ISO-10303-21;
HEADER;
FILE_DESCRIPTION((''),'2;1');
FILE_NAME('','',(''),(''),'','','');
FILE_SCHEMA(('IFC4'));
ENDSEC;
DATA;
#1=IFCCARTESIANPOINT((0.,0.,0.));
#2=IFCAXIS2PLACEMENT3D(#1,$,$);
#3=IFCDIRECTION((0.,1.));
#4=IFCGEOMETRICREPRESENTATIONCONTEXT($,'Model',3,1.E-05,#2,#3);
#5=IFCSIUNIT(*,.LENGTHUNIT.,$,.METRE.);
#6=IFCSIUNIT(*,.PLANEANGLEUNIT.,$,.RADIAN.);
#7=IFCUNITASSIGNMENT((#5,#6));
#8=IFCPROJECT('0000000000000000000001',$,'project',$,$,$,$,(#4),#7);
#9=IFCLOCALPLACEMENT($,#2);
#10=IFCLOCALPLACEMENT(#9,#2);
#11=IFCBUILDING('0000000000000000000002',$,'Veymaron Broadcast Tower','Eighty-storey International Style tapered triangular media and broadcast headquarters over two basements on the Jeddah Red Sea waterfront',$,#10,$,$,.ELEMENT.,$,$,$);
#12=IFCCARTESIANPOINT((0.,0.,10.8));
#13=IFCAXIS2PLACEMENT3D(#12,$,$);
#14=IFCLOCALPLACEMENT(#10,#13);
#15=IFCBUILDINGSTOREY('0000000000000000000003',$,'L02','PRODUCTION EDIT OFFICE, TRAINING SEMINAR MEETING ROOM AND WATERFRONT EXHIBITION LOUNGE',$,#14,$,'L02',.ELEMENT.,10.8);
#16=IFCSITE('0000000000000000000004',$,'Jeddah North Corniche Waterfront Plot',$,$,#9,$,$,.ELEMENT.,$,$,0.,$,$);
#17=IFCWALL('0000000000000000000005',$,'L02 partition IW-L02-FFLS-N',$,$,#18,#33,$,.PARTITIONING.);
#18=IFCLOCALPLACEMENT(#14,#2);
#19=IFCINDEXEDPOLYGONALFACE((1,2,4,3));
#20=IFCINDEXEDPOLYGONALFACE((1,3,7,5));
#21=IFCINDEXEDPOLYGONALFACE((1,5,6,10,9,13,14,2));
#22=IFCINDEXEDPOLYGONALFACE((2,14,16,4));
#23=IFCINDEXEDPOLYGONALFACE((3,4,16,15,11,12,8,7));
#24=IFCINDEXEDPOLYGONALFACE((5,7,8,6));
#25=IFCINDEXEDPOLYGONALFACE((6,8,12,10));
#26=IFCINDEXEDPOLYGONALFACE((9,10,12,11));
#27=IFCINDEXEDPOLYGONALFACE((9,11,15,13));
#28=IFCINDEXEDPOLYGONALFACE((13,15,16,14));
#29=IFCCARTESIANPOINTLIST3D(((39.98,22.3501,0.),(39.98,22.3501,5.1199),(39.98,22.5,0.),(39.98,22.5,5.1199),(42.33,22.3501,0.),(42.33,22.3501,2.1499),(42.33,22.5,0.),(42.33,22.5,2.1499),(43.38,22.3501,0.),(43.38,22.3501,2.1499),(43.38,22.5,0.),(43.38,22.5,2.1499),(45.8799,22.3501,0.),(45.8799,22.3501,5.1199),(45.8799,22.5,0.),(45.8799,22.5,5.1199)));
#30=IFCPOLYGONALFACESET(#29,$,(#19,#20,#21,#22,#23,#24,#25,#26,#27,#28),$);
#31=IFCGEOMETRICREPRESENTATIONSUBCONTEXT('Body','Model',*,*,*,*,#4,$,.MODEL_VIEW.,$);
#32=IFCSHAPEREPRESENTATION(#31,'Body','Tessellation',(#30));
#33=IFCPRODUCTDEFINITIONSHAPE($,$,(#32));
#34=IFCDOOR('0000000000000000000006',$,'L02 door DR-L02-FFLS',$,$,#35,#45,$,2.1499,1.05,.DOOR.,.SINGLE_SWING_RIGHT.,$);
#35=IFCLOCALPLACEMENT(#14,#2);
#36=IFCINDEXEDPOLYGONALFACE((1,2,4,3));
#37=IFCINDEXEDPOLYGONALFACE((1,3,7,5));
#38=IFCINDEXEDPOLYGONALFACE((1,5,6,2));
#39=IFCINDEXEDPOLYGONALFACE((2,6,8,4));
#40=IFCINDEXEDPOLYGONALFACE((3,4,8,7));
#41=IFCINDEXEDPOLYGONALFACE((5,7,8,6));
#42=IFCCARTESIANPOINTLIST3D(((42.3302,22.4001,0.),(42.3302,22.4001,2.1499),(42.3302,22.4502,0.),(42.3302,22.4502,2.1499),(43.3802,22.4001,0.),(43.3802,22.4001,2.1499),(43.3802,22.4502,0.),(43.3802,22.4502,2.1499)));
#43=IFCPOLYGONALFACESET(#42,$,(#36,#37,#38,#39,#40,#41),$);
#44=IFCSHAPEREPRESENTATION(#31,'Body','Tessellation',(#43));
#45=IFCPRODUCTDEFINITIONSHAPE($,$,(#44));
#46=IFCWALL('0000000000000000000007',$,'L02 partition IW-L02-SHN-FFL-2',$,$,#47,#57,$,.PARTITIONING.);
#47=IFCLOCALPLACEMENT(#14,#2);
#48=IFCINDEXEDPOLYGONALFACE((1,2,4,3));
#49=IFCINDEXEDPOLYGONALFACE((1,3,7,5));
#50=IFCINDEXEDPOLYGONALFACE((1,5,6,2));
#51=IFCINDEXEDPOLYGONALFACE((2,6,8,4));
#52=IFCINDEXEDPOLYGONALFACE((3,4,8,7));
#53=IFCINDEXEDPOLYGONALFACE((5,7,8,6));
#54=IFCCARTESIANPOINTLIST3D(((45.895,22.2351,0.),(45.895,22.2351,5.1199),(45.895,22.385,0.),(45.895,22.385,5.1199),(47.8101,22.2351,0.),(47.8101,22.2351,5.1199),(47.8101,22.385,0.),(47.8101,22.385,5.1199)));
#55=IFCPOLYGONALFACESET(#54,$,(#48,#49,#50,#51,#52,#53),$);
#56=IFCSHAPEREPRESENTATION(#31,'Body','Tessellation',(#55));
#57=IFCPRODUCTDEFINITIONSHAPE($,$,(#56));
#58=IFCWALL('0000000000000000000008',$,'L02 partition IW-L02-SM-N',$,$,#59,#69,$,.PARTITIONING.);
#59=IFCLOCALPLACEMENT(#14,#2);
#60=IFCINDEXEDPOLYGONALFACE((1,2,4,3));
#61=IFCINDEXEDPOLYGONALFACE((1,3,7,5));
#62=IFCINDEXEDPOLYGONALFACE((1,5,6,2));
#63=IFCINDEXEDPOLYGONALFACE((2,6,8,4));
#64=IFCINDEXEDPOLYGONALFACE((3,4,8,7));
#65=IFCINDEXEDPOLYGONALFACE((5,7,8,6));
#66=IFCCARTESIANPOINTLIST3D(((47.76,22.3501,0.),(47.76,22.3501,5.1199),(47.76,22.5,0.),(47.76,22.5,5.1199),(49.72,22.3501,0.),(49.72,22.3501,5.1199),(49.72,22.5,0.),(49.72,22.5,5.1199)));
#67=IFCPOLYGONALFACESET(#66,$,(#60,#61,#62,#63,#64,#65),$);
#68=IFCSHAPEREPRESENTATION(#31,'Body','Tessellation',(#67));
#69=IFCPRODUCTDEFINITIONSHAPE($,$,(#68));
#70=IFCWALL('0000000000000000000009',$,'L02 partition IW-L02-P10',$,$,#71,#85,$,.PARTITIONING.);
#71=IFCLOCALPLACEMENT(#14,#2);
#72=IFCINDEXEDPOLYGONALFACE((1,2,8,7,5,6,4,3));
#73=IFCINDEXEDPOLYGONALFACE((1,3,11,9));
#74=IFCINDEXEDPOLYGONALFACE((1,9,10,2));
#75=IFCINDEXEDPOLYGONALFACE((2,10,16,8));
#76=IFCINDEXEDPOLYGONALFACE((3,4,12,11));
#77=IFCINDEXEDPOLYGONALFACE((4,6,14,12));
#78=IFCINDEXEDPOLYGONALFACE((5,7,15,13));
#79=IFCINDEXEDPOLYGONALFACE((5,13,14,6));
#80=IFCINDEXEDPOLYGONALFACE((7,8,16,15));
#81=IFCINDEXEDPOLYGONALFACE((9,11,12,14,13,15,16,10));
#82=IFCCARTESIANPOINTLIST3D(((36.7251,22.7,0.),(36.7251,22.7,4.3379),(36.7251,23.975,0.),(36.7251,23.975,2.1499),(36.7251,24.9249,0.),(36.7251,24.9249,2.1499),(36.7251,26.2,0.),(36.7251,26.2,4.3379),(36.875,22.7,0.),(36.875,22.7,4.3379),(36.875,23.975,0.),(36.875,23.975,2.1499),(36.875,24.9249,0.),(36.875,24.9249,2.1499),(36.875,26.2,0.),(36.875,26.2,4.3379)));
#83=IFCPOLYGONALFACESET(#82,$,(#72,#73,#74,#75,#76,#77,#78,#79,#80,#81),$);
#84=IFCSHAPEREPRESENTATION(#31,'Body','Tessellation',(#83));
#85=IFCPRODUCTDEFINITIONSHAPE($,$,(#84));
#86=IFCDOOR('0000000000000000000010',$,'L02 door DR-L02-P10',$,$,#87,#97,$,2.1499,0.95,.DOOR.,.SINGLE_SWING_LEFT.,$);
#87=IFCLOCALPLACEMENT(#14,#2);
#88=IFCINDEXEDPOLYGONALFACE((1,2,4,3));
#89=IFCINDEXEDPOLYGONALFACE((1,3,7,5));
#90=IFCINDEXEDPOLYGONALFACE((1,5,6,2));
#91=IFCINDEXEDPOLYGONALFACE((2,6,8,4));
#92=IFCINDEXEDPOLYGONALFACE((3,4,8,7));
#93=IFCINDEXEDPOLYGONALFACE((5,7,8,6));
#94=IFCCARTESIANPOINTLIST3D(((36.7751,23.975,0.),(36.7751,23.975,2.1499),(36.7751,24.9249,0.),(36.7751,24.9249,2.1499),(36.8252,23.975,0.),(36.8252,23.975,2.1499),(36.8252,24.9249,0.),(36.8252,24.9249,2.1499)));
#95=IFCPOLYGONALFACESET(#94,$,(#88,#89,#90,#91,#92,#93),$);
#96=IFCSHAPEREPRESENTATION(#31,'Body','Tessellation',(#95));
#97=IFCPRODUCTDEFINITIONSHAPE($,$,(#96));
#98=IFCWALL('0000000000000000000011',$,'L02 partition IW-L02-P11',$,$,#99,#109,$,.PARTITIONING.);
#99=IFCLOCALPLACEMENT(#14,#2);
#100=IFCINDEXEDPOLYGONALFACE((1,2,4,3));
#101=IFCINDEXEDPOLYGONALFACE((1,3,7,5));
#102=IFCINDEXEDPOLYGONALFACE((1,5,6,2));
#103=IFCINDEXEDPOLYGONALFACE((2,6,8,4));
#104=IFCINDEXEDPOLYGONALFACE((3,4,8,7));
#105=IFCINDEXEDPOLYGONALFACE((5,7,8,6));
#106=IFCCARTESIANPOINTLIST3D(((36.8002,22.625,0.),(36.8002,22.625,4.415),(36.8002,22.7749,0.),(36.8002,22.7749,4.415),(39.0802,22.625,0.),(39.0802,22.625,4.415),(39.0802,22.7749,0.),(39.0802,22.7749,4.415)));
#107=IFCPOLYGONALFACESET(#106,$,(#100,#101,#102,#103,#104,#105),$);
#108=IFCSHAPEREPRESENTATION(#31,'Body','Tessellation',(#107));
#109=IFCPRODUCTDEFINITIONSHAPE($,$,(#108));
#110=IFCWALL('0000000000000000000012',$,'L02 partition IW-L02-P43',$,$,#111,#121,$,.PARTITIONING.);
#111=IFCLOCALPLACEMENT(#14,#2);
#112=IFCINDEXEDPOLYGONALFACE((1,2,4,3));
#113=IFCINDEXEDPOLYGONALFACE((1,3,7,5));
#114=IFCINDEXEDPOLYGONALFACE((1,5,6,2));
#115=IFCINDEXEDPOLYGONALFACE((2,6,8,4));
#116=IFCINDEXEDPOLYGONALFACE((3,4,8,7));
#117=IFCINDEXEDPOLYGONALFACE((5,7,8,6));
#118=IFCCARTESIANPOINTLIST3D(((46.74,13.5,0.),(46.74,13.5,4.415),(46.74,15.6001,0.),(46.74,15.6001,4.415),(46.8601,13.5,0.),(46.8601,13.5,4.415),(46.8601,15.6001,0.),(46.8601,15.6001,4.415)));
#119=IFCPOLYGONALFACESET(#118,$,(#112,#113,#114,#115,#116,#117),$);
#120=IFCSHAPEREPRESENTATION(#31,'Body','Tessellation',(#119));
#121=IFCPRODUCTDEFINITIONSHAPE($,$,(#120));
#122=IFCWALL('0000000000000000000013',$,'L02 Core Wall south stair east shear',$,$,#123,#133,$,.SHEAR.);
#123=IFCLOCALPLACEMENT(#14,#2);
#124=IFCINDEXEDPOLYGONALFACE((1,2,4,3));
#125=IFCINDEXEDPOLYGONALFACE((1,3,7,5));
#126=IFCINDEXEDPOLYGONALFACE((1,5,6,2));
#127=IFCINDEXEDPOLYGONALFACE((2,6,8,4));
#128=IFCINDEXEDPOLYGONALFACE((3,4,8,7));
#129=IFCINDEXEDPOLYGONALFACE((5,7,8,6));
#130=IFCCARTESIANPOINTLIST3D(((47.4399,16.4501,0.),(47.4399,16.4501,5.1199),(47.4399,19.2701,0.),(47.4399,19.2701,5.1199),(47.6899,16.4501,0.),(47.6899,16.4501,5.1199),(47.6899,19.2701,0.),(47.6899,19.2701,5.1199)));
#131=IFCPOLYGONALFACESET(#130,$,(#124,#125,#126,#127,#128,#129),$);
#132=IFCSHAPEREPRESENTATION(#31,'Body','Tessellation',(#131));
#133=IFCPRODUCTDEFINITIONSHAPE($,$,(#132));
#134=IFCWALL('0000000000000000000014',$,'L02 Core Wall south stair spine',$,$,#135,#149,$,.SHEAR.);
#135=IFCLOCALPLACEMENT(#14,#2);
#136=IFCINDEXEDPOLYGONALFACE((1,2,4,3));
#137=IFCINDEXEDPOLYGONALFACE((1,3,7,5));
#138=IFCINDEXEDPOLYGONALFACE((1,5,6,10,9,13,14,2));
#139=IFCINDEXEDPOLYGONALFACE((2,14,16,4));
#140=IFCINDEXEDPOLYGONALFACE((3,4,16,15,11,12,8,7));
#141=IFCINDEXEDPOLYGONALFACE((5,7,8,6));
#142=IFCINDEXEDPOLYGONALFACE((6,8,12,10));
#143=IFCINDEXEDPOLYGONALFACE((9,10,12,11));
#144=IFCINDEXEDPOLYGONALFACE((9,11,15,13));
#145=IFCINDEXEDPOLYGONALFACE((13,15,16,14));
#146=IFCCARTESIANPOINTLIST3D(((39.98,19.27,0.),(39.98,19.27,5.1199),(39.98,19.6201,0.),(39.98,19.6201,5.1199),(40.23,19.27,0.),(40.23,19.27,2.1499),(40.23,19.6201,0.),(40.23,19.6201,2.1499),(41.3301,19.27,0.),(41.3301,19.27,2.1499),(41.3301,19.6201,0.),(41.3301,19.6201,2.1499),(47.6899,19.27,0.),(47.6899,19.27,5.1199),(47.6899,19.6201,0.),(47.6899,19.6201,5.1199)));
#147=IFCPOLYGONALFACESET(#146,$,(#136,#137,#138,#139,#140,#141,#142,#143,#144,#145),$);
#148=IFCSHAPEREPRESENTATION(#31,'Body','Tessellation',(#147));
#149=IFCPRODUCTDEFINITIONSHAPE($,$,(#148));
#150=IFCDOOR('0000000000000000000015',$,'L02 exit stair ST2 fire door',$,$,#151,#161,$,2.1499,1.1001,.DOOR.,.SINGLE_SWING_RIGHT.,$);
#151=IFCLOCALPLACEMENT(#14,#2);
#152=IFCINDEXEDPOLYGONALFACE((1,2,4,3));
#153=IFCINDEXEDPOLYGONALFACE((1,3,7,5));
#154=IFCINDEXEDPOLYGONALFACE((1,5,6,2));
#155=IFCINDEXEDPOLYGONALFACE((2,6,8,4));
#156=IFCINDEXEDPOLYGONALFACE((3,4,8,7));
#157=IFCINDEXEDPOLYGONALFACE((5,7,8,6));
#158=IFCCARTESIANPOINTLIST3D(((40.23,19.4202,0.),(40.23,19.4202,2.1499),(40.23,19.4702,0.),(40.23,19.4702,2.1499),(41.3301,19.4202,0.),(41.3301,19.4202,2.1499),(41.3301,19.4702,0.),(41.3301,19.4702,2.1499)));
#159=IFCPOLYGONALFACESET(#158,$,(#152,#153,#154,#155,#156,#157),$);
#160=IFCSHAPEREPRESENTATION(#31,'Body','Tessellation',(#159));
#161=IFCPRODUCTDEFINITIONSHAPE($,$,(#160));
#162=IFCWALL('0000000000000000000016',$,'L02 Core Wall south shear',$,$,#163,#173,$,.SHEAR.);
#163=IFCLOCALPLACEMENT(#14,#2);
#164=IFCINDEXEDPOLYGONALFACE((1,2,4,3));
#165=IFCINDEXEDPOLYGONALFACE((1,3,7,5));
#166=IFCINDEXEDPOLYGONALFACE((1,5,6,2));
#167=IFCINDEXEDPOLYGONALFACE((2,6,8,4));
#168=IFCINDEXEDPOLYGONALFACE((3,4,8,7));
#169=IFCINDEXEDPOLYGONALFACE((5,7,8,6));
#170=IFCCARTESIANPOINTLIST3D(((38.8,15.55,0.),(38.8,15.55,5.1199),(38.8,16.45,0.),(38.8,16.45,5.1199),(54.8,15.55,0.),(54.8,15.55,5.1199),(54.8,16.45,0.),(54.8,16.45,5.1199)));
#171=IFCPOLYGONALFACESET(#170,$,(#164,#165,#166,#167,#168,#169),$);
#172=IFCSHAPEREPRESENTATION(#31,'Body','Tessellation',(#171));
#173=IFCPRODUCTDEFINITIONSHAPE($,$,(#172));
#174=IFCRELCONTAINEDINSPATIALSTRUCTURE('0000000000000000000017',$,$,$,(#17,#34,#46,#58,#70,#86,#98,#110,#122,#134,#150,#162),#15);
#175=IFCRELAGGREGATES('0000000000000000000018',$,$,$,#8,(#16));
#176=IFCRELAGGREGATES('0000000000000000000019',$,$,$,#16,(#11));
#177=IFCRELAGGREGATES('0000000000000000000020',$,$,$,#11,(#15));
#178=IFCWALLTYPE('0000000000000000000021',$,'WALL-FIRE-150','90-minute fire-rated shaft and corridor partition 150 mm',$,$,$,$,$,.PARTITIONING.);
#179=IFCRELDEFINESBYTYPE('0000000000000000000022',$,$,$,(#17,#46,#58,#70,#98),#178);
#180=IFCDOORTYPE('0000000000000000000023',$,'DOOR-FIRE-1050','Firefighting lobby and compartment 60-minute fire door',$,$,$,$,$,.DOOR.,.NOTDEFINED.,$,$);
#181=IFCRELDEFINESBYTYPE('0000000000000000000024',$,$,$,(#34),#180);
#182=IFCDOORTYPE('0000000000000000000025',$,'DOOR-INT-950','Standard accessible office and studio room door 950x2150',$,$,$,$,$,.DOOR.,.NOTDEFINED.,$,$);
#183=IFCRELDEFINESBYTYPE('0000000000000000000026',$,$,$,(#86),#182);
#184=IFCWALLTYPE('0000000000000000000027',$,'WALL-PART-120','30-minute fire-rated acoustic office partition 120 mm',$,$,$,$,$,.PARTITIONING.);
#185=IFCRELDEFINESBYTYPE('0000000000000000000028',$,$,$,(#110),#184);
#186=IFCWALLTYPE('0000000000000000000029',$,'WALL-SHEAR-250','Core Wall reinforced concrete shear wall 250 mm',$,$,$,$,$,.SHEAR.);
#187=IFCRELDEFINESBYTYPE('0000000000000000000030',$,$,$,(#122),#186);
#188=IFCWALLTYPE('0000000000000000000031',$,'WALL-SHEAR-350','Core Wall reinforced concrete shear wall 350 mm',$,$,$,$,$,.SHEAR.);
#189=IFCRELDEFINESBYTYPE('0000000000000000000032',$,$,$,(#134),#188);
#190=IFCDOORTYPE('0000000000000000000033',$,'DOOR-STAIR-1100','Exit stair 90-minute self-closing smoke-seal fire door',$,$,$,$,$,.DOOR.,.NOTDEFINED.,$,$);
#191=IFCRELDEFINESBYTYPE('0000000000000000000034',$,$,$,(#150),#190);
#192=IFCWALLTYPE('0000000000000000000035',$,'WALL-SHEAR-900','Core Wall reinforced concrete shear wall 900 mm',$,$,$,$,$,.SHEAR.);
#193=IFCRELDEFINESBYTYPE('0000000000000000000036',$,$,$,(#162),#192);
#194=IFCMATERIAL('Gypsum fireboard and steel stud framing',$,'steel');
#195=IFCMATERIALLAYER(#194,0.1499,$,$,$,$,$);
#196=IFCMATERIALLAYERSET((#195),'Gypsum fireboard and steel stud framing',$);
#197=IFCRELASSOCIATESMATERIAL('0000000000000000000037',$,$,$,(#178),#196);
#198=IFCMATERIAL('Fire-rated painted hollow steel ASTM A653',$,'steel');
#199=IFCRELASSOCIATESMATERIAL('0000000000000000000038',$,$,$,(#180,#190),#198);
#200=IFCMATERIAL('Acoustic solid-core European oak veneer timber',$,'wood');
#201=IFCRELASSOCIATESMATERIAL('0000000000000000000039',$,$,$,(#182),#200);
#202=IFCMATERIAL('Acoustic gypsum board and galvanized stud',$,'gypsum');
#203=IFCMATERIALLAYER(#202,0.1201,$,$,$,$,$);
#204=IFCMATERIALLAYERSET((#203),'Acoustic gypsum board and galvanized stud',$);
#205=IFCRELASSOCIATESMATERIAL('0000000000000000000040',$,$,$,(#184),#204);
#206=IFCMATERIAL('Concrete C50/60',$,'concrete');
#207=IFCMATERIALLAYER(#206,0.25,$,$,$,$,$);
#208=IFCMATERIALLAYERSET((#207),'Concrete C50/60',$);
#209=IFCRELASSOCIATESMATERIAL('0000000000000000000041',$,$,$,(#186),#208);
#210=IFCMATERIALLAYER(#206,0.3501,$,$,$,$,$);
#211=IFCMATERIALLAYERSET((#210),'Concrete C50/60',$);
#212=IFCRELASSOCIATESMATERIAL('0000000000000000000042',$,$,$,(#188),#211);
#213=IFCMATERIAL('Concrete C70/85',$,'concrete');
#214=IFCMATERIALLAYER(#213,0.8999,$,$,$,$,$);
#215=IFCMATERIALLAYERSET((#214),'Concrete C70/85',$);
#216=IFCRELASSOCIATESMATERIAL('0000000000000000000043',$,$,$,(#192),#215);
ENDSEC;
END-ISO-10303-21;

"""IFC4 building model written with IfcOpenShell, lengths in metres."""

from ifc_helpers import new_model, si_unit, direction, frame, frame_2d, origin, place, context, subcontext, project, spatial, rectangle, extrude, material, layer, layer_set, type_object, element, fill, save


model = new_model("IFC4")

# Units and contexts
model_context = context("Model", 3, precision=1e-05, world=origin(), true_north=direction((0.0, 1.0)))
body_context = subcontext(model_context, "Body", "Model", "MODEL_VIEW")
ifc_project = project(units=[si_unit("LENGTHUNIT", "METRE"), si_unit("PLANEANGLEUNIT", "RADIAN")], contexts=[model_context])

# Site, building, storey
site_placement = place(None, origin())
site = spatial("IfcSite", under=ifc_project, at=site_placement, Name="Jeddah North Corniche Waterfront Plot", CompositionType="ELEMENT", RefElevation=0.0)
building_placement = place(site_placement, origin())
building = spatial("IfcBuilding", under=site, at=building_placement, Name="Veymaron Broadcast Tower", Description="Eighty-storey International Style tapered triangular media and broadcast headquarters over two basements on the Jeddah Red Sea waterfront", CompositionType="ELEMENT")
storey_placement = place(building_placement, frame((0.0, 0.0, 10.8)))
storey = spatial("IfcBuildingStorey", under=building, at=storey_placement, Name="L02", Description="PRODUCTION EDIT OFFICE, TRAINING SEMINAR MEETING ROOM AND WATERFRONT EXHIBITION LOUNGE", LongName="L02", CompositionType="ELEMENT", Elevation=10.8)

# Shared definitions
ifc_material_1 = material(Name="Concrete C70/85", Category="concrete")

# Wall, opening, door
ifc_material_2 = material(Name="Gypsum fireboard and steel stud framing", Category="steel")
ifc_layer_1 = layer(ifc_material_2, 0.1499)
ifc_layer_set_1 = layer_set([ifc_layer_1], Name="Gypsum fireboard and steel stud framing")
wall_type_1 = type_object("IfcWallType", Name="WALL-FIRE-150", Description="90-minute fire-rated shaft and corridor partition 150 mm", PredefinedType="PARTITIONING", material=ifc_layer_set_1)
wall_1_placement = place(storey_placement, frame((39.98, 22.425, 0.0), z_axis=(0.0, 0.0, 1.0), x_axis=(1.0, 0.0, 0.0)))
wall_1 = element("IfcWall", 1, at=wall_1_placement, inside=storey, type_object=wall_type_1, Name="L02 partition IW-L02-FFLS-N", PredefinedType="PARTITIONING", context=body_context, shape_type="SweptSolid", body=[
    extrude(rectangle(XDim=5.8999, YDim=0.1499, at=frame_2d((2.95, 0.0))), origin(), (0.0, 0.0, 1.0), 5.1199),
])
opening_1_placement = place(wall_1_placement, frame((2.3501, 0.0, 0.0)))
opening_1 = element("IfcOpeningElement", 2, at=opening_1_placement, cuts=wall_1, PredefinedType="OPENING", context=body_context, shape_type="SweptSolid", body=[
    extrude(rectangle(XDim=1.05, YDim=2.1499, at=frame_2d((0.5249, 1.075))), frame((0.0, 0.085, 0.0), z_axis=(0.0, -1.0, 0.0), x_axis=(1.0, 0.0, 0.0)), (0.0, 0.0, 1.0), 0.1699),
])
ifc_material_3 = material(Name="Fire-rated painted hollow steel ASTM A653", Category="steel")
door_type_1 = type_object("IfcDoorType", Name="DOOR-FIRE-1050", Description="Firefighting lobby and compartment 60-minute fire door", OperationType="NOTDEFINED", PredefinedType="DOOR", material=ifc_material_3)
door_1_placement = place(opening_1_placement, frame((1.05, 0.0, 0.0), z_axis=(0.0, 0.0, 1.0), x_axis=(-1.0, 0.0, 0.0)))
door_1 = element("IfcDoor", 3, at=door_1_placement, inside=storey, type_object=door_type_1, Name="L02 door DR-L02-FFLS", OperationType="SINGLE_SWING_RIGHT", OverallHeight=2.1499, OverallWidth=1.05, PredefinedType="DOOR", context=body_context, shape_type="SweptSolid", body=[
    extrude(rectangle(XDim=1.05, YDim=2.1499, at=frame_2d((0.5249, 1.075))), frame((0.0, 0.0249, 0.0), z_axis=(0.0, -1.0, 0.0), x_axis=(1.0, 0.0, 0.0)), (0.0, 0.0, 1.0), 0.05),
])
fill(opening_1, door_1)

# Walls
wall_2_placement = place(storey_placement, frame((45.895, 22.3101, 0.0), z_axis=(0.0, 0.0, 1.0), x_axis=(1.0, 0.0, 0.0)))
element("IfcWall", 4, at=wall_2_placement, inside=storey, type_object=wall_type_1, Name="L02 partition IW-L02-SHN-FFL-2", PredefinedType="PARTITIONING", context=body_context, shape_type="SweptSolid", body=[
    extrude(rectangle(XDim=1.915, YDim=0.1499, at=frame_2d((0.9575, 0.0))), origin(), (0.0, 0.0, 1.0), 5.1199),
])
wall_3_placement = place(storey_placement, frame((47.76, 22.425, 0.0), z_axis=(0.0, 0.0, 1.0), x_axis=(1.0, 0.0, 0.0)))
element("IfcWall", 5, at=wall_3_placement, inside=storey, type_object=wall_type_1, Name="L02 partition IW-L02-SM-N", PredefinedType="PARTITIONING", context=body_context, shape_type="SweptSolid", body=[
    extrude(rectangle(XDim=1.96, YDim=0.1499, at=frame_2d((0.98, 0.0))), origin(), (0.0, 0.0, 1.0), 5.1199),
])

# Wall, opening, door
wall_4_placement = place(storey_placement, frame((36.8, 22.7, 0.0), z_axis=(0.0, 0.0, 1.0), x_axis=(0.0, 1.0, 0.0)))
wall_4 = element("IfcWall", 6, at=wall_4_placement, inside=storey, type_object=wall_type_1, Name="L02 partition IW-L02-P10", PredefinedType="PARTITIONING", context=body_context, shape_type="SweptSolid", body=[
    extrude(rectangle(XDim=3.5, YDim=0.1499, at=frame_2d((1.75, 0.0))), origin(), (0.0, 0.0, 1.0), 4.3379),
])
opening_2_placement = place(wall_4_placement, frame((1.2749, 0.0, 0.0)))
opening_2 = element("IfcOpeningElement", 7, at=opening_2_placement, cuts=wall_4, PredefinedType="OPENING", context=body_context, shape_type="SweptSolid", body=[
    extrude(rectangle(XDim=0.95, YDim=2.1499, at=frame_2d((0.4751, 1.075))), frame((0.0, 0.085, 0.0), z_axis=(0.0, -1.0, 0.0), x_axis=(1.0, 0.0, 0.0)), (0.0, 0.0, 1.0), 0.1699),
])
ifc_material_4 = material(Name="Acoustic solid-core European oak veneer timber", Category="wood")
door_type_2 = type_object("IfcDoorType", Name="DOOR-INT-950", Description="Standard accessible office and studio room door 950x2150", OperationType="NOTDEFINED", PredefinedType="DOOR", material=ifc_material_4)
door_2_placement = place(opening_2_placement, origin())
door_2 = element("IfcDoor", 8, at=door_2_placement, inside=storey, type_object=door_type_2, Name="L02 door DR-L02-P10", OperationType="SINGLE_SWING_LEFT", OverallHeight=2.1499, OverallWidth=0.95, PredefinedType="DOOR", context=body_context, shape_type="SweptSolid", body=[
    extrude(rectangle(XDim=0.95, YDim=2.1499, at=frame_2d((0.4751, 1.075))), frame((0.0, 0.0249, 0.0), z_axis=(0.0, -1.0, 0.0), x_axis=(1.0, 0.0, 0.0)), (0.0, 0.0, 1.0), 0.05),
])
fill(opening_2, door_2)

# Walls
wall_5_placement = place(storey_placement, frame((36.8, 22.7, 0.0), z_axis=(0.0, 0.0, 1.0), x_axis=(1.0, 0.0, 0.0)))
element("IfcWall", 9, at=wall_5_placement, inside=storey, type_object=wall_type_1, Name="L02 partition IW-L02-P11", PredefinedType="PARTITIONING", context=body_context, shape_type="SweptSolid", body=[
    extrude(rectangle(XDim=2.28, YDim=0.1499, at=frame_2d((1.1401, 0.0))), origin(), (0.0, 0.0, 1.0), 4.415),
])
ifc_material_5 = material(Name="Acoustic gypsum board and galvanized stud", Category="gypsum")
ifc_layer_2 = layer(ifc_material_5, 0.1201)
ifc_layer_set_2 = layer_set([ifc_layer_2], Name="Acoustic gypsum board and galvanized stud")
wall_type_2 = type_object("IfcWallType", Name="WALL-PART-120", Description="30-minute fire-rated acoustic office partition 120 mm", PredefinedType="PARTITIONING", material=ifc_layer_set_2)
wall_6_placement = place(storey_placement, frame((46.8, 13.5, 0.0), z_axis=(0.0, 0.0, 1.0), x_axis=(0.0, 1.0, 0.0)))
element("IfcWall", 10, at=wall_6_placement, inside=storey, type_object=wall_type_2, Name="L02 partition IW-L02-P43", PredefinedType="PARTITIONING", context=body_context, shape_type="SweptSolid", body=[
    extrude(rectangle(XDim=2.1001, YDim=0.1201, at=frame_2d((1.05, 0.0))), origin(), (0.0, 0.0, 1.0), 4.415),
])
ifc_material_6 = material(Name="Concrete C50/60", Category="concrete")
ifc_layer_3 = layer(ifc_material_6, 0.25)
ifc_layer_set_3 = layer_set([ifc_layer_3], Name="Concrete C50/60")
wall_type_3 = type_object("IfcWallType", Name="WALL-SHEAR-250", Description="Core Wall reinforced concrete shear wall 250 mm", PredefinedType="SHEAR", material=ifc_layer_set_3)
wall_7_placement = place(storey_placement, frame((47.5649, 16.45, 0.0), z_axis=(0.0, 0.0, 1.0), x_axis=(0.0, 1.0, 0.0)))
element("IfcWall", 11, at=wall_7_placement, inside=storey, type_object=wall_type_3, Name="L02 Core Wall south stair east shear", PredefinedType="SHEAR", context=body_context, shape_type="SweptSolid", body=[
    extrude(rectangle(XDim=2.8201, YDim=0.25, at=frame_2d((1.4102, 0.0))), origin(), (0.0, 0.0, 1.0), 5.1199),
])

# Wall, opening, door
ifc_layer_4 = layer(ifc_material_6, 0.3501)
ifc_layer_set_4 = layer_set([ifc_layer_4], Name="Concrete C50/60")
wall_type_4 = type_object("IfcWallType", Name="WALL-SHEAR-350", Description="Core Wall reinforced concrete shear wall 350 mm", PredefinedType="SHEAR", material=ifc_layer_set_4)
wall_8_placement = place(storey_placement, frame((39.98, 19.4451, 0.0), z_axis=(0.0, 0.0, 1.0), x_axis=(1.0, 0.0, 0.0)))
wall_8 = element("IfcWall", 12, at=wall_8_placement, inside=storey, type_object=wall_type_4, Name="L02 Core Wall south stair spine", PredefinedType="SHEAR", context=body_context, shape_type="SweptSolid", body=[
    extrude(rectangle(XDim=7.71, YDim=0.3501, at=frame_2d((3.855, 0.0))), origin(), (0.0, 0.0, 1.0), 5.1199),
])
opening_3_placement = place(wall_8_placement, frame((0.25, 0.0, 0.0)))
opening_3 = element("IfcOpeningElement", 13, at=opening_3_placement, cuts=wall_8, PredefinedType="OPENING", context=body_context, shape_type="SweptSolid", body=[
    extrude(rectangle(XDim=1.1001, YDim=2.1499, at=frame_2d((0.55, 1.075))), frame((0.0, 0.1851, 0.0), z_axis=(0.0, -1.0, 0.0), x_axis=(1.0, 0.0, 0.0)), (0.0, 0.0, 1.0), 0.3701),
])
door_type_3 = type_object("IfcDoorType", Name="DOOR-STAIR-1100", Description="Exit stair 90-minute self-closing smoke-seal fire door", OperationType="NOTDEFINED", PredefinedType="DOOR", material=ifc_material_3)
door_3_placement = place(opening_3_placement, frame((1.1001, 0.0, 0.0), z_axis=(0.0, 0.0, 1.0), x_axis=(-1.0, 0.0, 0.0)))
door_3 = element("IfcDoor", 14, at=door_3_placement, inside=storey, type_object=door_type_3, Name="L02 exit stair ST2 fire door", OperationType="SINGLE_SWING_RIGHT", OverallHeight=2.1499, OverallWidth=1.1001, PredefinedType="DOOR", context=body_context, shape_type="SweptSolid", body=[
    extrude(rectangle(XDim=1.1001, YDim=2.1499, at=frame_2d((0.55, 1.075))), frame((0.0, 0.0249, 0.0), z_axis=(0.0, -1.0, 0.0), x_axis=(1.0, 0.0, 0.0)), (0.0, 0.0, 1.0), 0.05),
])
fill(opening_3, door_3)

# Wall
ifc_layer_5 = layer(ifc_material_1, 0.8999)
ifc_layer_set_5 = layer_set([ifc_layer_5], Name="Concrete C70/85")
wall_type_5 = type_object("IfcWallType", Name="WALL-SHEAR-900", Description="Core Wall reinforced concrete shear wall 900 mm", PredefinedType="SHEAR", material=ifc_layer_set_5)
wall_9_placement = place(storey_placement, frame((38.8, 16.0, 0.0), z_axis=(0.0, 0.0, 1.0), x_axis=(1.0, 0.0, 0.0)))
element("IfcWall", 15, at=wall_9_placement, inside=storey, type_object=wall_type_5, Name="L02 Core Wall south shear", PredefinedType="SHEAR", context=body_context, shape_type="SweptSolid", body=[
    extrude(rectangle(XDim=16.0, YDim=0.8999, at=frame_2d((8.0, 0.0))), origin(), (0.0, 0.0, 1.0), 5.1199),
])

save(model, "model.ifc")
